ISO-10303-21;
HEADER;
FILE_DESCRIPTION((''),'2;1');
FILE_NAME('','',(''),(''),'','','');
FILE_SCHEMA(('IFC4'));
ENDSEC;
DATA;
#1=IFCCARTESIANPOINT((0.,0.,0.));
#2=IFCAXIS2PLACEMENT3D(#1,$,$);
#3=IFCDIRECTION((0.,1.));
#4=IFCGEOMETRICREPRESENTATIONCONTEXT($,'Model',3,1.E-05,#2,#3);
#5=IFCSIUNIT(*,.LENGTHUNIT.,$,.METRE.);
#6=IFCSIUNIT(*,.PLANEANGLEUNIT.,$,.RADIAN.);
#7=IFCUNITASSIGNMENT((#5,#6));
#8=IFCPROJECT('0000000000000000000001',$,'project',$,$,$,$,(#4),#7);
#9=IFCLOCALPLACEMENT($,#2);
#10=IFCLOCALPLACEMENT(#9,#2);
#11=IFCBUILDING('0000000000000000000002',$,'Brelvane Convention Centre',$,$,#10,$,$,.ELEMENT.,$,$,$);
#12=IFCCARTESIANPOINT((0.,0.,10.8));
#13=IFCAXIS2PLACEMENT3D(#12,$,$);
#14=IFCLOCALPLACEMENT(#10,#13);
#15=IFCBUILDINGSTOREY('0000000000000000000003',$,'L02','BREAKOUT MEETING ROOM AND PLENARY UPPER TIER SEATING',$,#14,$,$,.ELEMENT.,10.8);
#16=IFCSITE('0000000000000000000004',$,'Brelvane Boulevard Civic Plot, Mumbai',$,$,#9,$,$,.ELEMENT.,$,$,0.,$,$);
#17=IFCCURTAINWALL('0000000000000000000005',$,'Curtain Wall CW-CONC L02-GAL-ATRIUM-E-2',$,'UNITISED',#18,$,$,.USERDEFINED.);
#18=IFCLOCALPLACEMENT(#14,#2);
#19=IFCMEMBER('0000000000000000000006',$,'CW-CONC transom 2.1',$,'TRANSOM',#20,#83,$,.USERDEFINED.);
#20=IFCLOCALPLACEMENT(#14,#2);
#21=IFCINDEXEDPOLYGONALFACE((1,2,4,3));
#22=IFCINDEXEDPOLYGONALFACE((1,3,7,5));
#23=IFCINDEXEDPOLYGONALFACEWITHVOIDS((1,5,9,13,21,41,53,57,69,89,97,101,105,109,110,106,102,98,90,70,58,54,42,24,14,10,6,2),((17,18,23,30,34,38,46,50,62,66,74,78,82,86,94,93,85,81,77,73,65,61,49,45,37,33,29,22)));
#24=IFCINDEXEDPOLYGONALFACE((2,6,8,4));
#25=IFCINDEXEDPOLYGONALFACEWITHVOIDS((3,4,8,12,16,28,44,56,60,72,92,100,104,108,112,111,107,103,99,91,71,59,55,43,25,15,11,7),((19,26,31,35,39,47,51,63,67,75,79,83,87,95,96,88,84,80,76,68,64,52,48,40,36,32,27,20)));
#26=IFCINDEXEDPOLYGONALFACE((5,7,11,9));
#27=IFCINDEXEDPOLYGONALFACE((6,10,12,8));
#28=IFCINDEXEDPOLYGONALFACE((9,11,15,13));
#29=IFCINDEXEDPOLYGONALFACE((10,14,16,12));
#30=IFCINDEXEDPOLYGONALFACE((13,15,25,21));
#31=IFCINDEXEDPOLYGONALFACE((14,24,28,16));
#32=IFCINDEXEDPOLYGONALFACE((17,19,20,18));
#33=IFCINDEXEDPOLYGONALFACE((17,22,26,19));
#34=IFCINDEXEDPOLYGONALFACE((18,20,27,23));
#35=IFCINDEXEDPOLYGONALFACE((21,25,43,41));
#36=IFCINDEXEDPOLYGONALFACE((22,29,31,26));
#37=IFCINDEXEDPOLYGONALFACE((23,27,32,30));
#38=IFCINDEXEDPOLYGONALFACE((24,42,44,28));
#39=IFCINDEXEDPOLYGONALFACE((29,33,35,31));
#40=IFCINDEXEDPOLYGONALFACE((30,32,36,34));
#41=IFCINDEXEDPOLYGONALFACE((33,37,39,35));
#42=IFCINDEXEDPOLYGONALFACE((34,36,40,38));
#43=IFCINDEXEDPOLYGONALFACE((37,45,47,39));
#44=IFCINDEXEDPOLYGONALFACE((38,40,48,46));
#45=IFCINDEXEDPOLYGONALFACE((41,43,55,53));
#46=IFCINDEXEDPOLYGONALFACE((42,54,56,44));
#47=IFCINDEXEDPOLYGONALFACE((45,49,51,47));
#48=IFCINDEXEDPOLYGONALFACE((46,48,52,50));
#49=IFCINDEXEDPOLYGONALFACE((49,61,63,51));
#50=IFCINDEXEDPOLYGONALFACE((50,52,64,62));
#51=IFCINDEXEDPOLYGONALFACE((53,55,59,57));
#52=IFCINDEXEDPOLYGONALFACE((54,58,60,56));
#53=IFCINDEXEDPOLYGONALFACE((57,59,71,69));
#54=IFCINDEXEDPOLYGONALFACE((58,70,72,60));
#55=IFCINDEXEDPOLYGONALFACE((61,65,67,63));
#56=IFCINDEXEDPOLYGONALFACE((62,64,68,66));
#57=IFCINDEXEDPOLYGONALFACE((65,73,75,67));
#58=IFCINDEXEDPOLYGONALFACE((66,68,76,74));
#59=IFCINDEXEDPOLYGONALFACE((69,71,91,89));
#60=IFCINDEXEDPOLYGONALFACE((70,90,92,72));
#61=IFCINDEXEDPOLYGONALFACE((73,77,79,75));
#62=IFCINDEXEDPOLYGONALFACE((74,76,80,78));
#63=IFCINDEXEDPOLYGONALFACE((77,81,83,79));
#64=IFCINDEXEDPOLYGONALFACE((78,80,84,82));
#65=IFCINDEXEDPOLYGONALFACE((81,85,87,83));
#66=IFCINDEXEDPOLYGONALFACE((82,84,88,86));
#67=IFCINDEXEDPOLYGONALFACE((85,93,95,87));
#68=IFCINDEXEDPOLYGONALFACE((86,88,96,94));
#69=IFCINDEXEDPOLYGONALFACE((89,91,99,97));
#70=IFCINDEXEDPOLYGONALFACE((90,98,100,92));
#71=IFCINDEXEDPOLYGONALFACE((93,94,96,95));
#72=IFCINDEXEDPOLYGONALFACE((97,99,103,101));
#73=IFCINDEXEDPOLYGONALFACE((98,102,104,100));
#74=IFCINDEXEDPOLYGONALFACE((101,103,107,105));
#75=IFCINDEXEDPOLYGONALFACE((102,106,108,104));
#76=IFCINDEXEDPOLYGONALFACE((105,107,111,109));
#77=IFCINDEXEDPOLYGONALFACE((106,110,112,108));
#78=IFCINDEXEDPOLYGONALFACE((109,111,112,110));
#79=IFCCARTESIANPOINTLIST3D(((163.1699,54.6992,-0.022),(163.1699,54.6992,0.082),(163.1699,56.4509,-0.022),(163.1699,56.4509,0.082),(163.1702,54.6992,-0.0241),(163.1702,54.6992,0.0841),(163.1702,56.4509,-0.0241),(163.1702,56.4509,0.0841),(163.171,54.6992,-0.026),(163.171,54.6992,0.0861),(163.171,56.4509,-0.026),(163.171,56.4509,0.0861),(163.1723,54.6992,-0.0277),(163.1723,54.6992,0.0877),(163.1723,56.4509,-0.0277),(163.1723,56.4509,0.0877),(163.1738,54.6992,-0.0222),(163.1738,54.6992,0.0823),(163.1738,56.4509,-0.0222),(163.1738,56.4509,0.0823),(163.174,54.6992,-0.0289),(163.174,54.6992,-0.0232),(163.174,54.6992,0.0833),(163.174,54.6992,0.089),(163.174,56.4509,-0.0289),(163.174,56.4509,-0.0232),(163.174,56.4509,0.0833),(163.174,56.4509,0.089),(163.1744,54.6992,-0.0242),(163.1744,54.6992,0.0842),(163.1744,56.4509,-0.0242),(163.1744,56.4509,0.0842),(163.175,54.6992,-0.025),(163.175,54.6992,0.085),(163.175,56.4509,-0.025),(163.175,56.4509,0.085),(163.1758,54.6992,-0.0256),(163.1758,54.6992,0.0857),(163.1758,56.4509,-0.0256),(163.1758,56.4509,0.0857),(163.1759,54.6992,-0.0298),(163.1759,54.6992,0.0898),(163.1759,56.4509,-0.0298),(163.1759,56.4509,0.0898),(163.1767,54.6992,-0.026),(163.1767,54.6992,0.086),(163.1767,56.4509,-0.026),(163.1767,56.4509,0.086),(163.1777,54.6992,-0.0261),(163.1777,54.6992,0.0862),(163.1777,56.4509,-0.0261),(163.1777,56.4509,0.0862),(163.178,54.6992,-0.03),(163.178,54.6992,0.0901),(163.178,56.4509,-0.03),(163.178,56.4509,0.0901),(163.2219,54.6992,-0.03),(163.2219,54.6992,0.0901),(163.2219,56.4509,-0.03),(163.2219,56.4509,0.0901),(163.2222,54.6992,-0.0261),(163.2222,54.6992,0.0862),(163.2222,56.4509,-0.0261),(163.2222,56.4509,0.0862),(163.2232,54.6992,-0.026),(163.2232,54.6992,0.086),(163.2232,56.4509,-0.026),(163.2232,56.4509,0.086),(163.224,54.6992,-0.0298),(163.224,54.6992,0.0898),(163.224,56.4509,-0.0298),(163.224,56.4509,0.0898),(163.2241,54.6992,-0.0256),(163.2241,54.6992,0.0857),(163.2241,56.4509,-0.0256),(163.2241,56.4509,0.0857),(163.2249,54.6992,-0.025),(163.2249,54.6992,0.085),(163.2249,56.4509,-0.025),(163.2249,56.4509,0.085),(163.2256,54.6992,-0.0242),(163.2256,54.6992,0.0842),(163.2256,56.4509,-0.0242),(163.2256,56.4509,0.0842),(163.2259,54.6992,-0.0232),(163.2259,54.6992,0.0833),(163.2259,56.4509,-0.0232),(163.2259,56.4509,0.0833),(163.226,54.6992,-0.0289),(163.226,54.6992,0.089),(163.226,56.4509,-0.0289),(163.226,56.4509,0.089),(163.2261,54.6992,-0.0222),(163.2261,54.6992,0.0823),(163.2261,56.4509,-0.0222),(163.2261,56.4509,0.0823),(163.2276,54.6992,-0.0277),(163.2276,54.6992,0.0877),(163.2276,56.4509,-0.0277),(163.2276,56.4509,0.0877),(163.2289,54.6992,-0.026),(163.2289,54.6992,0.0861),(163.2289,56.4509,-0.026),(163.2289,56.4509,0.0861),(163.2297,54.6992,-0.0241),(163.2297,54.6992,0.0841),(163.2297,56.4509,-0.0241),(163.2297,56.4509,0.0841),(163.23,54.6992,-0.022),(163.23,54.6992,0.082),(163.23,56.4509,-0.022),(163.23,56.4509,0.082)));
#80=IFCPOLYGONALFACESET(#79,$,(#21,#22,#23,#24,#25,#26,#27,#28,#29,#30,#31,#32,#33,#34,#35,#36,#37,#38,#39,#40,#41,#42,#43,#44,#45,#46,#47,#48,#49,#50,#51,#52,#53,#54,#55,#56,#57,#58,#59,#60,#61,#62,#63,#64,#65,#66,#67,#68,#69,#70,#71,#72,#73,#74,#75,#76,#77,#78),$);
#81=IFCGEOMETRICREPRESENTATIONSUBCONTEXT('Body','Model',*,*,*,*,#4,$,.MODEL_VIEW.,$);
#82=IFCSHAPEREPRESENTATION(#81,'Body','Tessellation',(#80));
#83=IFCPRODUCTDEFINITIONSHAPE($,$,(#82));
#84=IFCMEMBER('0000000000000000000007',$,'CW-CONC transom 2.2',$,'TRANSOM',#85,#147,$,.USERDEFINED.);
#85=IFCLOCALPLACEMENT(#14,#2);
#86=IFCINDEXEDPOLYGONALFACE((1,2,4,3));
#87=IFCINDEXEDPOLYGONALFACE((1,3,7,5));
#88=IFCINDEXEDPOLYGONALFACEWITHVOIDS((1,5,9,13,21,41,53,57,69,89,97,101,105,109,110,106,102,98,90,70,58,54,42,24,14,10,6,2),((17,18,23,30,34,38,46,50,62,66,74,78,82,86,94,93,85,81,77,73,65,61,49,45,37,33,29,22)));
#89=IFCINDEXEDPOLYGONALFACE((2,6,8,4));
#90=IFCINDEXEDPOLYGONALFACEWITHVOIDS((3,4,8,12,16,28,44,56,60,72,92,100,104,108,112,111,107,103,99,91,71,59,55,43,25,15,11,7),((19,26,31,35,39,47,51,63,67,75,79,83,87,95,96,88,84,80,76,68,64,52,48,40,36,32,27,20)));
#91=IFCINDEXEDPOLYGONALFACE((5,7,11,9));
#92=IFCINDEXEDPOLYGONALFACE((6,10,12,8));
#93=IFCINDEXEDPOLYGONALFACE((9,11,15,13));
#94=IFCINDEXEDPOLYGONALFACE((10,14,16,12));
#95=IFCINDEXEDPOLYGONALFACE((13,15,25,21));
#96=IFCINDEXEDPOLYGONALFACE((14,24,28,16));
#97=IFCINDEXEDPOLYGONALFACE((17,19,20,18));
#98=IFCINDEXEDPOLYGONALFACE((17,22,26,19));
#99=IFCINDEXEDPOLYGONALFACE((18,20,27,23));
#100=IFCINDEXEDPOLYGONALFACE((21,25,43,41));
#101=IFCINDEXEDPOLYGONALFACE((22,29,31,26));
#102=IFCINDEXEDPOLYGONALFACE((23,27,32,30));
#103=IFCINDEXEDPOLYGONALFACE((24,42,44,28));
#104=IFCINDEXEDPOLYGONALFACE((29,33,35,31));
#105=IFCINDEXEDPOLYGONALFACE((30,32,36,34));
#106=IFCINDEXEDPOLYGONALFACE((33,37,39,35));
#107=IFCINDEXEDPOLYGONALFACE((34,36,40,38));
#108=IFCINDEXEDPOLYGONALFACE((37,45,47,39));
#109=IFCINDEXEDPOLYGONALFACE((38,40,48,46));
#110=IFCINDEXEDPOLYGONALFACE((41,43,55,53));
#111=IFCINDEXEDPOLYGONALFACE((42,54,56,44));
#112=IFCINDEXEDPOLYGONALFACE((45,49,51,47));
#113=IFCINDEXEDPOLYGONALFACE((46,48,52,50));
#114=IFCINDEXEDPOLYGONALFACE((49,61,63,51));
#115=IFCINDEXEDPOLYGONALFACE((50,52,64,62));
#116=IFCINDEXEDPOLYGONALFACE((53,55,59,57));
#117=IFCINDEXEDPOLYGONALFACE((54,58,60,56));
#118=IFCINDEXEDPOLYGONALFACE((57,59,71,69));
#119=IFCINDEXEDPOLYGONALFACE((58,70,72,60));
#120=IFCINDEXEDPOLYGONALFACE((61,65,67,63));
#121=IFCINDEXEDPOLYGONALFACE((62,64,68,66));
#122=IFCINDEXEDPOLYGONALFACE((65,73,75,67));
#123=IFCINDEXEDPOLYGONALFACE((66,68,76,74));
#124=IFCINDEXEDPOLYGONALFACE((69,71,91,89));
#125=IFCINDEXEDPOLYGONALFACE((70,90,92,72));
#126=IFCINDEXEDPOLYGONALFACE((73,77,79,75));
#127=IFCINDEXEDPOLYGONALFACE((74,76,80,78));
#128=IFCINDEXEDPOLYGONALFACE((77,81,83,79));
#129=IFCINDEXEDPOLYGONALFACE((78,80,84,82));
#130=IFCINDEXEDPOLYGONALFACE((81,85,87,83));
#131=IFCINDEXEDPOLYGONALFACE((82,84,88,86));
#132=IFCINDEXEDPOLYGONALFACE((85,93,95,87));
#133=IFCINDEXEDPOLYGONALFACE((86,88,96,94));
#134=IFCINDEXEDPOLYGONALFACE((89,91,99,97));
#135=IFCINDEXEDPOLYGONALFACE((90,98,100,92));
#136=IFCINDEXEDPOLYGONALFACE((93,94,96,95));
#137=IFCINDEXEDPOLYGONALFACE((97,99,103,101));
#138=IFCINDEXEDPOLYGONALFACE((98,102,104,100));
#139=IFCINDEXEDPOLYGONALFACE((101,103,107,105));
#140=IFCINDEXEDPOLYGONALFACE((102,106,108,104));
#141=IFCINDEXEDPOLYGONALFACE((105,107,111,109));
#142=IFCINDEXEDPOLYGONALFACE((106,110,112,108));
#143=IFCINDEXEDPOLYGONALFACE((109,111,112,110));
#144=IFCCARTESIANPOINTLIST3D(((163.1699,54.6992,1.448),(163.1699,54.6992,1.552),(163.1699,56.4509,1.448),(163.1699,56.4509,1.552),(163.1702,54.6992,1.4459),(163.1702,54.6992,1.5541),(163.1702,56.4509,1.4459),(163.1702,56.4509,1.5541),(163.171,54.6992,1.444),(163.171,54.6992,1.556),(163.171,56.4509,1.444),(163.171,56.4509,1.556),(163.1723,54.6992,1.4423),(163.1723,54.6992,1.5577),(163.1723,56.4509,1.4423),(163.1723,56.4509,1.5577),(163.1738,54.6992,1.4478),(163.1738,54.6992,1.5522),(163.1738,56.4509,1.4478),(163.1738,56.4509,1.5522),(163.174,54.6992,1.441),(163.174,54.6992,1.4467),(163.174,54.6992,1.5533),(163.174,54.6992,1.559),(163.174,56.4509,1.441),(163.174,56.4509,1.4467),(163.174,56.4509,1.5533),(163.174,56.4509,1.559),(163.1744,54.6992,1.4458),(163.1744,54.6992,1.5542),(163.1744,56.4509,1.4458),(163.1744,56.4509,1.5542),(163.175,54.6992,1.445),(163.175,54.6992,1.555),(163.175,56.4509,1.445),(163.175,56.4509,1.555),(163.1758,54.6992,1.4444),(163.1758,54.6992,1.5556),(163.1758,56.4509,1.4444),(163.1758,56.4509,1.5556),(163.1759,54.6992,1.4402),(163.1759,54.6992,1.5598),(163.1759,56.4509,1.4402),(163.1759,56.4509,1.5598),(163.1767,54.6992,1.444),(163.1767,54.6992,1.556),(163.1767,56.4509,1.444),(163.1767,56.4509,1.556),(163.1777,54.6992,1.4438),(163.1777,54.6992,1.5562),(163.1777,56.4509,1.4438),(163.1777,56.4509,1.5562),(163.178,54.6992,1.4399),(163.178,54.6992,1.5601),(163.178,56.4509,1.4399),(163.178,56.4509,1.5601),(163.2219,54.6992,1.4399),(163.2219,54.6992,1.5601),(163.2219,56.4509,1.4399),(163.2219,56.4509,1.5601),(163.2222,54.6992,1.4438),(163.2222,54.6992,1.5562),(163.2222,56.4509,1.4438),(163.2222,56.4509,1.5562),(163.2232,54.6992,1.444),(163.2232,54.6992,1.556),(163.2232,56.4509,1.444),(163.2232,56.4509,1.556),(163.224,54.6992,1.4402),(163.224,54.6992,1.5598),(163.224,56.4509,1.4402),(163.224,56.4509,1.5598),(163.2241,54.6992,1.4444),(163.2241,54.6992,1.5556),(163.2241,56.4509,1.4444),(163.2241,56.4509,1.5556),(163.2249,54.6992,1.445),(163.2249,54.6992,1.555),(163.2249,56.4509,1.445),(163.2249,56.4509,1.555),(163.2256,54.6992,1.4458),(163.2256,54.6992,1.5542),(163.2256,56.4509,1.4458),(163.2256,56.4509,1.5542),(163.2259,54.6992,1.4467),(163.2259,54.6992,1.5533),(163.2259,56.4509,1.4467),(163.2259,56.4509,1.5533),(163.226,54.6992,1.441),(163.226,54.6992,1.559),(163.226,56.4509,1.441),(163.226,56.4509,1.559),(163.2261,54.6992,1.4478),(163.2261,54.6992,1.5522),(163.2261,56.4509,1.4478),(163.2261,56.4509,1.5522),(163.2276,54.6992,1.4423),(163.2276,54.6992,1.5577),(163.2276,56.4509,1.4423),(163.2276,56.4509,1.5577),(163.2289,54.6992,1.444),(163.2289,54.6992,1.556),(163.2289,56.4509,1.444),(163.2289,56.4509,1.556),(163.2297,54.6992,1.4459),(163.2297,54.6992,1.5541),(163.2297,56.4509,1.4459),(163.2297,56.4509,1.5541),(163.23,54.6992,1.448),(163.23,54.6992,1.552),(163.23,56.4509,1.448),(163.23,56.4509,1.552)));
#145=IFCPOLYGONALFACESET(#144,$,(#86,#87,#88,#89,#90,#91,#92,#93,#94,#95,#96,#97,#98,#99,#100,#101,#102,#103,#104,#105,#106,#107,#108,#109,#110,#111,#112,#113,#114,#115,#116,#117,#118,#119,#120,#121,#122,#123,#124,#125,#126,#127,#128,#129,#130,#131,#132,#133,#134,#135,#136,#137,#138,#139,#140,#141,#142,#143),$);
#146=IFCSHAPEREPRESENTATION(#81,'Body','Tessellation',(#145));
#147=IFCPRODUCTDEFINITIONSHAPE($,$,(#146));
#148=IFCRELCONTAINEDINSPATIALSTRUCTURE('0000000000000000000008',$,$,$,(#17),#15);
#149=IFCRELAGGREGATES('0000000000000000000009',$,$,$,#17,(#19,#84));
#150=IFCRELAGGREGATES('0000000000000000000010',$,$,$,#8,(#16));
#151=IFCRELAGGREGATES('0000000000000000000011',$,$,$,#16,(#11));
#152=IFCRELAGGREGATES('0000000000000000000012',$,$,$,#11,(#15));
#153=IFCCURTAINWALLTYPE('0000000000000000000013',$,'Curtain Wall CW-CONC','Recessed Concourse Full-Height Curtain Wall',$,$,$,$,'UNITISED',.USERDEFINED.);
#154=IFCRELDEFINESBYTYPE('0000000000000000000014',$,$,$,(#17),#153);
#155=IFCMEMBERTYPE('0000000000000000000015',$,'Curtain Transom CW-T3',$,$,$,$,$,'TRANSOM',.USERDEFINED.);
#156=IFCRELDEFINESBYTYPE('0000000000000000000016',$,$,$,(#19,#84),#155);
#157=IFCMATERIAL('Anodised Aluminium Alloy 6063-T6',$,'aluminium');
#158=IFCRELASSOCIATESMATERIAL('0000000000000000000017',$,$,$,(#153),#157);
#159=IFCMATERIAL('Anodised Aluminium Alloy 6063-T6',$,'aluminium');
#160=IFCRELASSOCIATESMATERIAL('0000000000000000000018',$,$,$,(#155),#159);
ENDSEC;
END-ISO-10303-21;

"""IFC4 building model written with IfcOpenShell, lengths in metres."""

from ifc_helpers import new_model, si_unit, direction, frame, origin, origin_2d, place, context, subcontext, project, spatial, hollow_rectangle, extrude, material, material_profile, profile_set, type_object, element, aggregate, save


model = new_model("IFC4")

# Units and contexts
model_context = context("Model", 3, precision=1e-05, world=origin(), true_north=direction((0.0, 1.0)))
body_context = subcontext(model_context, "Body", "Model", "MODEL_VIEW")
ifc_project = project(units=[si_unit("LENGTHUNIT", "METRE"), si_unit("PLANEANGLEUNIT", "RADIAN")], contexts=[model_context])

# Site, building, storey
site_placement = place(None, origin())
site = spatial("IfcSite", under=ifc_project, at=site_placement, Name="Brelvane Boulevard Civic Plot, Mumbai", CompositionType="ELEMENT", RefElevation=0.0)
building_placement = place(site_placement, origin())
building = spatial("IfcBuilding", under=site, at=building_placement, Name="Brelvane Convention Centre", CompositionType="ELEMENT")
storey_placement = place(building_placement, frame((0.0, 0.0, 10.8)))
storey = spatial("IfcBuildingStorey", under=building, at=storey_placement, Name="L02", Description="BREAKOUT MEETING ROOM AND PLENARY UPPER TIER SEATING", CompositionType="ELEMENT", Elevation=10.8)

# Curtain wall
ifc_material_1 = material(Name="Anodised Aluminium Alloy 6063-T6", Category="aluminium")
curtain_wall_type = type_object("IfcCurtainWallType", Name="Curtain Wall CW-CONC", Description="Recessed Concourse Full-Height Curtain Wall", ElementType="UNITISED", PredefinedType="USERDEFINED", material=ifc_material_1)
curtain_wall_1_placement = place(storey_placement, origin())
curtain_wall_1 = element("IfcCurtainWall", 1, at=curtain_wall_1_placement, inside=storey, type_object=curtain_wall_type, Name="Curtain Wall CW-CONC L02-GAL-ATRIUM-E-2", ObjectType="UNITISED", PredefinedType="USERDEFINED")

# Members
ifc_material_2 = material(Name="Anodised Aluminium Alloy 6063-T6", Category="aluminium")
ifc_material_profile_1 = material_profile(ifc_material_2, hollow_rectangle(XDim=0.0601, YDim=0.1201, WallThickness=0.0039, InnerFilletRadius=0.0039, OuterFilletRadius=0.0081, at=origin_2d()), Name="ALU-T 120x60x4.0")
ifc_profile_set_1 = profile_set([ifc_material_profile_1], Name="Anodised Aluminium Alloy 6063-T6")
member_type_1 = type_object("IfcMemberType", Name="Curtain Transom CW-T3", ElementType="TRANSOM", PredefinedType="USERDEFINED", material=ifc_profile_set_1)
member_1_placement = place(storey_placement, frame((163.2, 54.6992, 0.03), z_axis=(0.0, 1.0, 0.0), x_axis=(-1.0, 0.0, 0.0)))
member_1 = element("IfcMember", 2, at=member_1_placement, type_object=member_type_1, Name="CW-CONC transom 2.1", ObjectType="TRANSOM", PredefinedType="USERDEFINED", context=body_context, shape_type="SweptSolid", body=[
    extrude(hollow_rectangle(XDim=0.0601, YDim=0.1201, WallThickness=0.0039, InnerFilletRadius=0.0039, OuterFilletRadius=0.0081, at=origin_2d()), origin(), (0.0, 0.0, 1.0), 1.7517),
])
member_2_placement = place(storey_placement, frame((163.2, 54.6992, 1.5), z_axis=(0.0, 1.0, 0.0), x_axis=(-1.0, 0.0, 0.0)))
member_2 = element("IfcMember", 3, at=member_2_placement, type_object=member_type_1, Name="CW-CONC transom 2.2", ObjectType="TRANSOM", PredefinedType="USERDEFINED", context=body_context, shape_type="SweptSolid", body=[
    extrude(hollow_rectangle(XDim=0.0601, YDim=0.1201, WallThickness=0.0039, InnerFilletRadius=0.0039, OuterFilletRadius=0.0081, at=origin_2d()), origin(), (0.0, 0.0, 1.0), 1.7517),
])

aggregate(curtain_wall_1, [member_1, member_2])

save(model, "model.ifc")
